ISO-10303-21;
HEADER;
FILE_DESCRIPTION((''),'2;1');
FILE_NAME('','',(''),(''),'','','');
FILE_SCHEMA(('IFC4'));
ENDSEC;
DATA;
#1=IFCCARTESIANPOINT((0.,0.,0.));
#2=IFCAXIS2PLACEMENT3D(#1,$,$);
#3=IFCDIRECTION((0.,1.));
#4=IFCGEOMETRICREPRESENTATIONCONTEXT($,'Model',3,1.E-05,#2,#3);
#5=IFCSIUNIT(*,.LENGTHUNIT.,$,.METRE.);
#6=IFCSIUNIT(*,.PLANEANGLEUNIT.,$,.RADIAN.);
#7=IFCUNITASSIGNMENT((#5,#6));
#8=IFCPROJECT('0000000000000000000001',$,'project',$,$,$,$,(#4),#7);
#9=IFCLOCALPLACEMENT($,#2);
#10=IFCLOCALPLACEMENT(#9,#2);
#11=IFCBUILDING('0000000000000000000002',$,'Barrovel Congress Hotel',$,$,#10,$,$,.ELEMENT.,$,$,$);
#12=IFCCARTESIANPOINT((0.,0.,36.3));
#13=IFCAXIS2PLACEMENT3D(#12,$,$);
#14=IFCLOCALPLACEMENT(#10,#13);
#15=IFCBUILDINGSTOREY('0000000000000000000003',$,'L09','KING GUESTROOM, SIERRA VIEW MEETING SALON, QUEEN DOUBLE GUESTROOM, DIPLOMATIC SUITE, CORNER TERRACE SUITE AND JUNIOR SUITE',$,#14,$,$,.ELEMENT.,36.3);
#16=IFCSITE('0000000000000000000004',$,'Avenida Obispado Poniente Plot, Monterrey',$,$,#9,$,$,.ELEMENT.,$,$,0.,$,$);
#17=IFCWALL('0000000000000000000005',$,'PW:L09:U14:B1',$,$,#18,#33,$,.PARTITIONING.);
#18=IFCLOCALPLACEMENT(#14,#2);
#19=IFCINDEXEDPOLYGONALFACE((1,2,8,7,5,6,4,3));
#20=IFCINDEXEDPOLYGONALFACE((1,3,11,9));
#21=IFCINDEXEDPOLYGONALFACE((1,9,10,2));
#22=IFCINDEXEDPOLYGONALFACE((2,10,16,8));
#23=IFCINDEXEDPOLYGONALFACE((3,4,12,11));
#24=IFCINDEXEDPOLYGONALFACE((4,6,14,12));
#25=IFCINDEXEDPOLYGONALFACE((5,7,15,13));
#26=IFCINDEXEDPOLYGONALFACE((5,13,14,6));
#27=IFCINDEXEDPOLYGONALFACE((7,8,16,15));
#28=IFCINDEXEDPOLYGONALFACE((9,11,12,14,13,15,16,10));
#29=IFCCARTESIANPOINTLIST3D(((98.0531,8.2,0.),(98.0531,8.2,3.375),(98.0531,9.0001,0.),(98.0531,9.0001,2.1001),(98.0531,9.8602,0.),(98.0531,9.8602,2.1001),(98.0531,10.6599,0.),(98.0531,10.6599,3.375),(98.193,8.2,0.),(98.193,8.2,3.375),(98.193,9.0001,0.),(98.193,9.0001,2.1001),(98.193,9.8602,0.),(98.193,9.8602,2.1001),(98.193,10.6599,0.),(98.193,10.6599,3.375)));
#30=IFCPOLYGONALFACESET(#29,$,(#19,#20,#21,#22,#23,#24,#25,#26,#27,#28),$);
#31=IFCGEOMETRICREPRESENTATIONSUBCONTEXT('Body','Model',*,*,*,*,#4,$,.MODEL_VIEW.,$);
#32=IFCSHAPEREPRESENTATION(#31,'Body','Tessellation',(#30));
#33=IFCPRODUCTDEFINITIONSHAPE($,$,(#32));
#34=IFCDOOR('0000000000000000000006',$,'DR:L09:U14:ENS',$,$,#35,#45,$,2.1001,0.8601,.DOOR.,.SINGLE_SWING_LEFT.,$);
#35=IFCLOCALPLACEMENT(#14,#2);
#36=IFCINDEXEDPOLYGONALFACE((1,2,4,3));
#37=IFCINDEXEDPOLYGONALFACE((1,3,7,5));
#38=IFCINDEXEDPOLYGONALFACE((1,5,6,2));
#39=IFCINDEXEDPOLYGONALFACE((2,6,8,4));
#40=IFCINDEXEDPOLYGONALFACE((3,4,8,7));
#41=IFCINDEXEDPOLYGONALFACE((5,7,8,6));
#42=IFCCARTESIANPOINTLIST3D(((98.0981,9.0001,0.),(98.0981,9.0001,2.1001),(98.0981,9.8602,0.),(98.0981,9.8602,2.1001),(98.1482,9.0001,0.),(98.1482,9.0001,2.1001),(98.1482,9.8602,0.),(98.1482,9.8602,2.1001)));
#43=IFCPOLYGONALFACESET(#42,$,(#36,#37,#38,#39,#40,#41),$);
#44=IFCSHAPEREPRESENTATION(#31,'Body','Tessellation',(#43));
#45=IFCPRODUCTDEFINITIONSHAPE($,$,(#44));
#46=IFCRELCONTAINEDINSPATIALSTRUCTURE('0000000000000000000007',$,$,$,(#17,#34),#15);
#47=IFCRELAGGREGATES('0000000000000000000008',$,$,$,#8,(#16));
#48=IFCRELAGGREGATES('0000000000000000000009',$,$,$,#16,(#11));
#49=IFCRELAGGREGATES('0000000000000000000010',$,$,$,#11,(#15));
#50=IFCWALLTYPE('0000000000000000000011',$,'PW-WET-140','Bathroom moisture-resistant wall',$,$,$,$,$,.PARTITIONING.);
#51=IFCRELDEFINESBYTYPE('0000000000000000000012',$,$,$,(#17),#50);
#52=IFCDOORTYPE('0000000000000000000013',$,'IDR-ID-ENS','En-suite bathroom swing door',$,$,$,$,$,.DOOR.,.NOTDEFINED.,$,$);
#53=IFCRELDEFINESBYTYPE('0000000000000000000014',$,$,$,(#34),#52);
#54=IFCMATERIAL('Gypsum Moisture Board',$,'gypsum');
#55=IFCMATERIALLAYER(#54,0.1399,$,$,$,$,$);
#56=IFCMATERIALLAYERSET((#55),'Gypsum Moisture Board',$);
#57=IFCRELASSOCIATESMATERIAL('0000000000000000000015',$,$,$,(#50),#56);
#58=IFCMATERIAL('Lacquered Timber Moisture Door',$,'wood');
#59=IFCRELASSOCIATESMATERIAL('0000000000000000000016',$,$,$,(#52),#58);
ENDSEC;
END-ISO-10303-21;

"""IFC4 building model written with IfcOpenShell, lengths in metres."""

from ifc_helpers import new_model, si_unit, direction, frame, frame_2d, origin, place, context, subcontext, project, spatial, rectangle, extrude, material, layer, layer_set, type_object, element, fill, save


model = new_model("IFC4")

# Units and contexts
model_context = context("Model", 3, precision=1e-05, world=origin(), true_north=direction((0.0, 1.0)))
body_context = subcontext(model_context, "Body", "Model", "MODEL_VIEW")
ifc_project = project(units=[si_unit("LENGTHUNIT", "METRE"), si_unit("PLANEANGLEUNIT", "RADIAN")], contexts=[model_context])

# Site, building, storey
site_placement = place(None, origin())
site = spatial("IfcSite", under=ifc_project, at=site_placement, Name="Avenida Obispado Poniente Plot, Monterrey", CompositionType="ELEMENT", RefElevation=0.0)
building_placement = place(site_placement, origin())
building = spatial("IfcBuilding", under=site, at=building_placement, Name="Barrovel Congress Hotel", CompositionType="ELEMENT")
storey_placement = place(building_placement, frame((0.0, 0.0, 36.3)))
storey = spatial("IfcBuildingStorey", under=building, at=storey_placement, Name="L09", Description="KING GUESTROOM, SIERRA VIEW MEETING SALON, QUEEN DOUBLE GUESTROOM, DIPLOMATIC SUITE, CORNER TERRACE SUITE AND JUNIOR SUITE", CompositionType="ELEMENT", Elevation=36.3)

# Wall, opening, door
ifc_material_1 = material(Name="Gypsum Moisture Board", Category="gypsum")
ifc_layer_1 = layer(ifc_material_1, 0.1399)
ifc_layer_set_1 = layer_set([ifc_layer_1], Name="Gypsum Moisture Board")
wall_type_1 = type_object("IfcWallType", Name="PW-WET-140", Description="Bathroom moisture-resistant wall", PredefinedType="PARTITIONING", material=ifc_layer_set_1)
ifc_material_2 = material(Name="Lacquered Timber Moisture Door", Category="wood")
door_type_1 = type_object("IfcDoorType", Name="IDR-ID-ENS", Description="En-suite bathroom swing door", OperationType="NOTDEFINED", PredefinedType="DOOR", material=ifc_material_2)
wall_1_placement = place(storey_placement, frame((98.123, 8.2, 0.0), z_axis=(0.0, 0.0, 1.0), x_axis=(0.0, 1.0, 0.0)))
wall_1 = element("IfcWall", 1, at=wall_1_placement, inside=storey, type_object=wall_type_1, Name="PW:L09:U14:B1", PredefinedType="PARTITIONING", context=body_context, shape_type="SweptSolid", body=[
    extrude(rectangle(XDim=2.46, YDim=0.1399, at=frame_2d((1.23, 0.0))), origin(), (0.0, 0.0, 1.0), 3.375),
])
opening_1_placement = place(wall_1_placement, frame((0.8, 0.0, 0.0)))
opening_1 = element("IfcOpeningElement", 2, at=opening_1_placement, cuts=wall_1, PredefinedType="OPENING", context=body_context, shape_type="SweptSolid", body=[
    extrude(rectangle(XDim=0.8601, YDim=2.1001, at=frame_2d((0.4302, 1.05))), frame((0.0, 0.0801, 0.0), z_axis=(0.0, -1.0, 0.0), x_axis=(1.0, 0.0, 0.0)), (0.0, 0.0, 1.0), 0.1599),
])
door_1_placement = place(opening_1_placement, origin())
door_1 = element("IfcDoor", 3, at=door_1_placement, inside=storey, type_object=door_type_1, Name="DR:L09:U14:ENS", OperationType="SINGLE_SWING_LEFT", OverallHeight=2.1001, OverallWidth=0.8601, PredefinedType="DOOR", context=body_context, shape_type="SweptSolid", body=[
    extrude(rectangle(XDim=0.8601, YDim=2.1001, at=frame_2d((0.4302, 1.05))), frame((0.0, 0.0249, 0.0), z_axis=(0.0, -1.0, 0.0), x_axis=(1.0, 0.0, 0.0)), (0.0, 0.0, 1.0), 0.05),
])
fill(opening_1, door_1)

save(model, "model.ifc")
